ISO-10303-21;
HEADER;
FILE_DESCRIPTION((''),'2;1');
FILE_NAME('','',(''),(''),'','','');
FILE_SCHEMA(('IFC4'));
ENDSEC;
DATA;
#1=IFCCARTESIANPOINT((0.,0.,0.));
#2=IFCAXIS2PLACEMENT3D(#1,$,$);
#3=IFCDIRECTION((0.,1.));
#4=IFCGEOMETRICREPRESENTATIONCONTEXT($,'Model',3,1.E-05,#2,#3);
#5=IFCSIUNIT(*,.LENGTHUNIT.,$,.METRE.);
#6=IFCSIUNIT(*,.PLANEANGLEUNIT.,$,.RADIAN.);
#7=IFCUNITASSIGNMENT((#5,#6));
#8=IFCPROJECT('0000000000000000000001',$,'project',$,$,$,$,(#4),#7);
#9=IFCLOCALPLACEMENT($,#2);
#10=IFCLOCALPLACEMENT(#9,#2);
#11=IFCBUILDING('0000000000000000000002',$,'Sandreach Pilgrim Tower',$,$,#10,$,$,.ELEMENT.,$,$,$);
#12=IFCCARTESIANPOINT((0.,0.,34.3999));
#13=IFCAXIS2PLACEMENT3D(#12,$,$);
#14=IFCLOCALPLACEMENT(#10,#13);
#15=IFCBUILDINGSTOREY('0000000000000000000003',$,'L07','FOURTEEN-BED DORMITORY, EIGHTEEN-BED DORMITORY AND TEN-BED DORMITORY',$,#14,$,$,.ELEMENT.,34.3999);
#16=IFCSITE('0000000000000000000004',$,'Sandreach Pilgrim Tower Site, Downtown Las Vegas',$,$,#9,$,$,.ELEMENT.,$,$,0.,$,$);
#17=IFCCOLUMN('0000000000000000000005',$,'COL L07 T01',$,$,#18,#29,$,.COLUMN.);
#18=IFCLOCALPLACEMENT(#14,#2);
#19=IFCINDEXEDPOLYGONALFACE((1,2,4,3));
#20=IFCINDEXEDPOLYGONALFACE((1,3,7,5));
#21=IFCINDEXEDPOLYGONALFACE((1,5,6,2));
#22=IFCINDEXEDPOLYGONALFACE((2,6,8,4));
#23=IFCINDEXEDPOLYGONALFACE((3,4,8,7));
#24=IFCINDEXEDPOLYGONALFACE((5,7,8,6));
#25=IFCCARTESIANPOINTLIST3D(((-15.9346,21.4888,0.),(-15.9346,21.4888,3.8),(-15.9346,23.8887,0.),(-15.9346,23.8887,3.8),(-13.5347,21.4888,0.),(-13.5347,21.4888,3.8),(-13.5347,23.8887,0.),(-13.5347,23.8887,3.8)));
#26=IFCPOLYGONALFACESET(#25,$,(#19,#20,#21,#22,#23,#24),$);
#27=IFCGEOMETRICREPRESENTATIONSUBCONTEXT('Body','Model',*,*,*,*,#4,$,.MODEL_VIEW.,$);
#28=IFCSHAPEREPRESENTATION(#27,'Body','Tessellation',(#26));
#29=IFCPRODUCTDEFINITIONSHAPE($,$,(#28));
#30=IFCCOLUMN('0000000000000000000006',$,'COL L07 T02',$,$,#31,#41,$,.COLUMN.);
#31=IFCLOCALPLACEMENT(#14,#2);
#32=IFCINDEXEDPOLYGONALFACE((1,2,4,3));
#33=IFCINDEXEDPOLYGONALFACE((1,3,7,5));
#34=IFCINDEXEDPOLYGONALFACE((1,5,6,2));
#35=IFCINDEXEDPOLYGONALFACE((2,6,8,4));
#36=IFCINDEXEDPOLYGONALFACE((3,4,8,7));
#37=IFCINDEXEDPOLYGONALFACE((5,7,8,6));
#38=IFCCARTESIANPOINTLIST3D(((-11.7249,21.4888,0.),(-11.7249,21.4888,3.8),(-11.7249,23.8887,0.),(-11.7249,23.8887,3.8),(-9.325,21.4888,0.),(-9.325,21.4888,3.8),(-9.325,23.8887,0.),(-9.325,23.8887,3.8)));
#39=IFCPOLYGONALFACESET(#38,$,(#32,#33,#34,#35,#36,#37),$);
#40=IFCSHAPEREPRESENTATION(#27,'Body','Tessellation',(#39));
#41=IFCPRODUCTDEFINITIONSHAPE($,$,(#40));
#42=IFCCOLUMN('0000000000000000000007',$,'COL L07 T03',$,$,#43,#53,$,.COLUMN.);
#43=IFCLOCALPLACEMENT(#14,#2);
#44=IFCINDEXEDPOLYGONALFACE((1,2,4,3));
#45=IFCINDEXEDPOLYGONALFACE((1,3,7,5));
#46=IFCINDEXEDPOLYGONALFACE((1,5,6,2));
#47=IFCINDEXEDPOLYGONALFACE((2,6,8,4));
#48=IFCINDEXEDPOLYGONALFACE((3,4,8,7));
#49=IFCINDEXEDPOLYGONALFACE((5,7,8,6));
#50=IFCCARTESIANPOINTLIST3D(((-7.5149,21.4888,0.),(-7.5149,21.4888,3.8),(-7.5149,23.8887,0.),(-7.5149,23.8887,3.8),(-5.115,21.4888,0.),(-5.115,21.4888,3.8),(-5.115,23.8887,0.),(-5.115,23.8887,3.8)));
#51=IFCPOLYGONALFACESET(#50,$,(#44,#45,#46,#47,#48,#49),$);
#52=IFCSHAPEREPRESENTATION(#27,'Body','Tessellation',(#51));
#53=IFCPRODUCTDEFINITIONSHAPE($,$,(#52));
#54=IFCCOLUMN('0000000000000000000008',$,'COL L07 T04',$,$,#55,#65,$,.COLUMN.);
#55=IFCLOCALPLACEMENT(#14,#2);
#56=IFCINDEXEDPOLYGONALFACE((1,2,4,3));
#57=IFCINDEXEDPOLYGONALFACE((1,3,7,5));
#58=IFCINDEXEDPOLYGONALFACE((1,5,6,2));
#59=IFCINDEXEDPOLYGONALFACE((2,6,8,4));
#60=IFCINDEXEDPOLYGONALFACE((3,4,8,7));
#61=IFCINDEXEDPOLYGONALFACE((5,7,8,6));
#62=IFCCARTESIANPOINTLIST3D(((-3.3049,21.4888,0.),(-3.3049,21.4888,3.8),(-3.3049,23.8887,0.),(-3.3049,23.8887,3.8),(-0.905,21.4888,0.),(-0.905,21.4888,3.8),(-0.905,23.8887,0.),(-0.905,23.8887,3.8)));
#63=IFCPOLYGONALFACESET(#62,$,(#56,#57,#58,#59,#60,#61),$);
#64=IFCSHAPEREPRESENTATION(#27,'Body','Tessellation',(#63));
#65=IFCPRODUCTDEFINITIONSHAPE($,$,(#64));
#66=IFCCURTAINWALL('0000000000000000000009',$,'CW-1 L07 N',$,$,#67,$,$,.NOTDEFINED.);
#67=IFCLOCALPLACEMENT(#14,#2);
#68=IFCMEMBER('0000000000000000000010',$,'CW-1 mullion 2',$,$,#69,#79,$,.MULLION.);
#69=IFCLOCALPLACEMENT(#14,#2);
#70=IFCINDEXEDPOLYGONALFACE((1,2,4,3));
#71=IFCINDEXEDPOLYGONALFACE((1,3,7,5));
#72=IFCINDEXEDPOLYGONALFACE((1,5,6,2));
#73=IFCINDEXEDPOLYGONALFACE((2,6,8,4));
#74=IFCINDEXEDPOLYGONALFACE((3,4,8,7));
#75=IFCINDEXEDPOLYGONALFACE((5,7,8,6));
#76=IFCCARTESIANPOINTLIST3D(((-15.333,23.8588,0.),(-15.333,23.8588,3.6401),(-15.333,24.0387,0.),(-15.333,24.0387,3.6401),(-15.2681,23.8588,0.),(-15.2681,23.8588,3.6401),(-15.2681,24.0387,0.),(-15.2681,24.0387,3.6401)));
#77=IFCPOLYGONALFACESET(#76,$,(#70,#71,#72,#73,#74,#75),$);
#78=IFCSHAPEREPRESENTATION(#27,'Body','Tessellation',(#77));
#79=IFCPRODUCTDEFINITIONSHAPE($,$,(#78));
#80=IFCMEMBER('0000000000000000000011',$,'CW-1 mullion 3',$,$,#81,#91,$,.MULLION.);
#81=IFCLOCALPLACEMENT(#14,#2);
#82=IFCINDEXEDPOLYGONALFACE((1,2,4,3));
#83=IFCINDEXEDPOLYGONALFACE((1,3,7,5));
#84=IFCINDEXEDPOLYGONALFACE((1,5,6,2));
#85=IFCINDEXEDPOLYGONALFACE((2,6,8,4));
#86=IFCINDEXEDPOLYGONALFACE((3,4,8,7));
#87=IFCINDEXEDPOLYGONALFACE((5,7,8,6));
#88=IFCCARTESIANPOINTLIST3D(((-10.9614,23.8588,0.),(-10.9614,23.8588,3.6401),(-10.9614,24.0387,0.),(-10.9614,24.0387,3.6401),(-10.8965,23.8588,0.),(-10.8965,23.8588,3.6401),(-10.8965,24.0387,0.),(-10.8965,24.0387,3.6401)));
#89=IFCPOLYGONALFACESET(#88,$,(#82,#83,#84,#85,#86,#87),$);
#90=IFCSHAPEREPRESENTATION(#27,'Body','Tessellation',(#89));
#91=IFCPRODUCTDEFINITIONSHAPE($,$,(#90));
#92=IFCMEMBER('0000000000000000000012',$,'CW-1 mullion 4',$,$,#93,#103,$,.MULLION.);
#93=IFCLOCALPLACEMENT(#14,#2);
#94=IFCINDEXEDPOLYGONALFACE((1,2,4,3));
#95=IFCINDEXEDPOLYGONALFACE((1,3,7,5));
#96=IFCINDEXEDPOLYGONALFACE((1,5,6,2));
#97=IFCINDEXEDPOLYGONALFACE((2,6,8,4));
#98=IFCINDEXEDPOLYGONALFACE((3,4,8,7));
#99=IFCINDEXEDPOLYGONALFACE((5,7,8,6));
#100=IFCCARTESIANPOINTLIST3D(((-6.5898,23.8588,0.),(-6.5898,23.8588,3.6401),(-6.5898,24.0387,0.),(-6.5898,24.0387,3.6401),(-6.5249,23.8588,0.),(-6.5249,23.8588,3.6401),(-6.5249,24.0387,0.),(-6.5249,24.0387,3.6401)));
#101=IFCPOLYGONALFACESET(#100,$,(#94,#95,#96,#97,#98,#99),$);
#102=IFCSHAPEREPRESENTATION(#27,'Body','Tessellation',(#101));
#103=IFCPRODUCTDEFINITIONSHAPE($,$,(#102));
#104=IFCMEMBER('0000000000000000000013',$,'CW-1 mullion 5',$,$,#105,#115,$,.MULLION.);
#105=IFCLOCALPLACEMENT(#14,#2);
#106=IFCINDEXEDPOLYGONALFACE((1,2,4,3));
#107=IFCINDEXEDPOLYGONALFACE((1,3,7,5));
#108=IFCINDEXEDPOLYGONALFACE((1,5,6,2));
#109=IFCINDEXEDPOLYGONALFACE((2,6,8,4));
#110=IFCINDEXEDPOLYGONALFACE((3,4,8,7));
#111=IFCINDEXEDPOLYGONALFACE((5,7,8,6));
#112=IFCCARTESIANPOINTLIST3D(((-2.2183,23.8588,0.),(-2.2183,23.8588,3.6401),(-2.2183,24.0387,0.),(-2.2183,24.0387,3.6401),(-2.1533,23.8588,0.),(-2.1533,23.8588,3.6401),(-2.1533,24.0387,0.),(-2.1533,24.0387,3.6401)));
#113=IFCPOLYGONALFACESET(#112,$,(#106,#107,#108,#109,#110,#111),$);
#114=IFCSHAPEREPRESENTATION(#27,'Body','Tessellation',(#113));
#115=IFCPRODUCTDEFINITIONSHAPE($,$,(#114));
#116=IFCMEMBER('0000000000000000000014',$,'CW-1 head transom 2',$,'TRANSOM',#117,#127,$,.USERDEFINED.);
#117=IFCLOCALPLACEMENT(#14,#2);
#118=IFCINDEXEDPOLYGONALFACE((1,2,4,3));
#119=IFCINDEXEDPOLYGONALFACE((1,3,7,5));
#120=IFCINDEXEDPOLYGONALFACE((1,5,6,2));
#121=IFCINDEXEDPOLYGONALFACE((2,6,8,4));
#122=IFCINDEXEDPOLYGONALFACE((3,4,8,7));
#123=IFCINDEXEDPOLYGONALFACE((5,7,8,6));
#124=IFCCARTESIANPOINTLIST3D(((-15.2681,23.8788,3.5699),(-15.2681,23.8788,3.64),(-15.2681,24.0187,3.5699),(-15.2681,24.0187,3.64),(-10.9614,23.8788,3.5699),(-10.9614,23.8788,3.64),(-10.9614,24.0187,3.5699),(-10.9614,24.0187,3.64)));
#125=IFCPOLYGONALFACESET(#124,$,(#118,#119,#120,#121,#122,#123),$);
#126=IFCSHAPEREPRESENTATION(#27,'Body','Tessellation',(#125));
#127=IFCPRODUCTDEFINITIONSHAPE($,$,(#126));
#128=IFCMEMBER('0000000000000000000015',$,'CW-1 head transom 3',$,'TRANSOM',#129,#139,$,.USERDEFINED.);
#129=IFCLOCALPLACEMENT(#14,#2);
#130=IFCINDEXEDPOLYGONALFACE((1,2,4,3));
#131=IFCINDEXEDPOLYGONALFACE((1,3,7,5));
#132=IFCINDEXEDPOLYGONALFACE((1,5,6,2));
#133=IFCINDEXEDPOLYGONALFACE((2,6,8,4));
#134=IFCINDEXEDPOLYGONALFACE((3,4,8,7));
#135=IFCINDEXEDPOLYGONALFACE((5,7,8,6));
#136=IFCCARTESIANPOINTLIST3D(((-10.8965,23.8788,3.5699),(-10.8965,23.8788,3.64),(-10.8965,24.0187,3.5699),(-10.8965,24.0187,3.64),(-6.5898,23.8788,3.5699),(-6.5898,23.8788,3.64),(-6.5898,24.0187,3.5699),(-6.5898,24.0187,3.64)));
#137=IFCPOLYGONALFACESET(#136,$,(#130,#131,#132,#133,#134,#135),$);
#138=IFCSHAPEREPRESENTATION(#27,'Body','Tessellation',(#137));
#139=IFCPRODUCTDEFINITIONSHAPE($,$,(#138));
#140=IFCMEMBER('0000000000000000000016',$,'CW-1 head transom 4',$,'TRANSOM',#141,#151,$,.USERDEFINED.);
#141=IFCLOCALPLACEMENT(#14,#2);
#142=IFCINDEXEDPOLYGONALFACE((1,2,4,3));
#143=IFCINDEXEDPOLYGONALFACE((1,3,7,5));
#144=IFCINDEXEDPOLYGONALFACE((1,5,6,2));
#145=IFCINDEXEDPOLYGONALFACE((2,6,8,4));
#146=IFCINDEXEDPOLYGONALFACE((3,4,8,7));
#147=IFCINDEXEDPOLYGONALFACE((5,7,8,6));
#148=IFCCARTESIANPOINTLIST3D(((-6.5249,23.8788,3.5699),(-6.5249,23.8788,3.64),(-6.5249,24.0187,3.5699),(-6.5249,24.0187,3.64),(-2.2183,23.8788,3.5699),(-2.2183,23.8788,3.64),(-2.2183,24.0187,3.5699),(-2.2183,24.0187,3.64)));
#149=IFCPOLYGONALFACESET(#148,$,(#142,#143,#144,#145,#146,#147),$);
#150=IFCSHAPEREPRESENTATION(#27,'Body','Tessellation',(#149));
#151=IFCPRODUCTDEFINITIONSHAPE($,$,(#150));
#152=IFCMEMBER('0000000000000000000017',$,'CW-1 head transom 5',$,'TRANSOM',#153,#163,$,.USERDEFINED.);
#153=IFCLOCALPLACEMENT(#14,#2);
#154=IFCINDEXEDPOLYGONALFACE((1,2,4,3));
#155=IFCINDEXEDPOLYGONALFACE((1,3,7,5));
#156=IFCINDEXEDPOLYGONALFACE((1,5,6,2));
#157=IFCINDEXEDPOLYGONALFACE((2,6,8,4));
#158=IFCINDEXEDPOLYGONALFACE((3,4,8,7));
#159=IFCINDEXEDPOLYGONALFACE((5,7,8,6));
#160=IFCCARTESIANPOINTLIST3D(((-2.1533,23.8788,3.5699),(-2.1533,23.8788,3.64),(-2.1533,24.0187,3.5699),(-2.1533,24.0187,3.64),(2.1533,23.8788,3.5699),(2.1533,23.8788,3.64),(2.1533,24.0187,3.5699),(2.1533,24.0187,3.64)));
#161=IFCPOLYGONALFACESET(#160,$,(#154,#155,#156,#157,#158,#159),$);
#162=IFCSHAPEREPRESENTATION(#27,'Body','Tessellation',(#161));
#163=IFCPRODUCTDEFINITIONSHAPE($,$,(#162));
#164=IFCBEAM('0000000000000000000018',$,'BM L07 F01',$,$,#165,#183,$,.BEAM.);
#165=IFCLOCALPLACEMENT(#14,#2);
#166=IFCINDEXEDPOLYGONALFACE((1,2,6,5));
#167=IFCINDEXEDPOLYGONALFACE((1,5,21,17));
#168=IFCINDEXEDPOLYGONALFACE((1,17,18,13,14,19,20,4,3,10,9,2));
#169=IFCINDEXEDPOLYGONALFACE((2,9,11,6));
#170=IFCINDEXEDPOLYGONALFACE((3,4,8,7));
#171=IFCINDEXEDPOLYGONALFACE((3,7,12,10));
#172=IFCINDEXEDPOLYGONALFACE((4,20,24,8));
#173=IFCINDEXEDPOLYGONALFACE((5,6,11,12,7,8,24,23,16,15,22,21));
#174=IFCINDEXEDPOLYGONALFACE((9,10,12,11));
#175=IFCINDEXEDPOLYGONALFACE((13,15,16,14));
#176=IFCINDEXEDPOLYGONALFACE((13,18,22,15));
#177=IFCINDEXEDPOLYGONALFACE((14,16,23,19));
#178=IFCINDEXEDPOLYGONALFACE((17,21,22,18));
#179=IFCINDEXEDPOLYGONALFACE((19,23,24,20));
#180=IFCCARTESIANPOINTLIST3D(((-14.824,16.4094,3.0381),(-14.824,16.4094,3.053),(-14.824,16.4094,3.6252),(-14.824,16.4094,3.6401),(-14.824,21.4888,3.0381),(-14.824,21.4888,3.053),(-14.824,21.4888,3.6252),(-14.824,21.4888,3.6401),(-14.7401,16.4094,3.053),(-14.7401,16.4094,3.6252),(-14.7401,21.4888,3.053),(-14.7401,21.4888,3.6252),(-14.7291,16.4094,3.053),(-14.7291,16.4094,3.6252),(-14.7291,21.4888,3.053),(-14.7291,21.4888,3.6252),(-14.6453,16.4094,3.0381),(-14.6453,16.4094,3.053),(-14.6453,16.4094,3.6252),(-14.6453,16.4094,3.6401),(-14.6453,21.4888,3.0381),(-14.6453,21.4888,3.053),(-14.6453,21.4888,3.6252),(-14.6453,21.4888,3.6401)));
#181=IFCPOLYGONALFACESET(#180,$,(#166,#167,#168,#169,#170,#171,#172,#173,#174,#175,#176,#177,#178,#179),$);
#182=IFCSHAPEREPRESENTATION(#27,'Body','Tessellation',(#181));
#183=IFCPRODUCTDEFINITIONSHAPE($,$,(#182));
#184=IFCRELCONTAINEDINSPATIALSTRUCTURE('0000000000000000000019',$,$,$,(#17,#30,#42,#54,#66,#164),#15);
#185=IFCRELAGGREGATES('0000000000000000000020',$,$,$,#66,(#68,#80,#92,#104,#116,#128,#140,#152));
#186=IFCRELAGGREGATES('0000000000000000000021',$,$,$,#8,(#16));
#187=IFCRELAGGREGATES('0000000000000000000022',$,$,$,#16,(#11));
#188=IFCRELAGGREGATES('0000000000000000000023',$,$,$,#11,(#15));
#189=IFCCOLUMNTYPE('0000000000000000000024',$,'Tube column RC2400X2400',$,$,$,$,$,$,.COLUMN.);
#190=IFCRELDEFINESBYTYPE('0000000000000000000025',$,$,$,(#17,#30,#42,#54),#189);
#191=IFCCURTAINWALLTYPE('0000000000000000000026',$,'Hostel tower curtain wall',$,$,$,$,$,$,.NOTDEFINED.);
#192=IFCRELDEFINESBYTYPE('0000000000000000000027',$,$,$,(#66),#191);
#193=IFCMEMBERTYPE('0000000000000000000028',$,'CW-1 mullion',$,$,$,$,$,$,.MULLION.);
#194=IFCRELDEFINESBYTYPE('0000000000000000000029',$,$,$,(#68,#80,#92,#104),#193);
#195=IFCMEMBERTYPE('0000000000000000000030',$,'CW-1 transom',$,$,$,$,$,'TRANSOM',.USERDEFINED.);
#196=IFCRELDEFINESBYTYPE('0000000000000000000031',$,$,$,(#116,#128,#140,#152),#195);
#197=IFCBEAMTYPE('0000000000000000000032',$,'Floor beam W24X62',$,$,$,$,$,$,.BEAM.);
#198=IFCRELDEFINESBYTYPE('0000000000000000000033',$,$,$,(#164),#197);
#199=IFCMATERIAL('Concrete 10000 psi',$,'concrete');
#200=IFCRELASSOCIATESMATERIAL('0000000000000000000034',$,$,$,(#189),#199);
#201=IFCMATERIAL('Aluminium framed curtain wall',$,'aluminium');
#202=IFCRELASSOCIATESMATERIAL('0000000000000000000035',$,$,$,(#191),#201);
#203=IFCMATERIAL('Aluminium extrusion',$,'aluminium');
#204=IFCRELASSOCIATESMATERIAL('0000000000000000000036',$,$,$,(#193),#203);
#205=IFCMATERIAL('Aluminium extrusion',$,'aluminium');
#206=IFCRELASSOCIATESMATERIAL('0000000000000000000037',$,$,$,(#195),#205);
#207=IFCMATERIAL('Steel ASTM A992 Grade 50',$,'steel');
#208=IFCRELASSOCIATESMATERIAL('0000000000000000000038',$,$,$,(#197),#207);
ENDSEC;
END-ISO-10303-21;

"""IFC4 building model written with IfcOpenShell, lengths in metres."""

from ifc_helpers import new_model, si_unit, direction, frame, origin, origin_2d, place, context, subcontext, project, spatial, rectangle, i_section, extrude, material, material_profile, profile_set, type_object, element, aggregate, save


model = new_model("IFC4")

# Units and contexts
model_context = context("Model", 3, precision=1e-05, world=origin(), true_north=direction((0.0, 1.0)))
body_context = subcontext(model_context, "Body", "Model", "MODEL_VIEW")
ifc_project = project(units=[si_unit("LENGTHUNIT", "METRE"), si_unit("PLANEANGLEUNIT", "RADIAN")], contexts=[model_context])

# Site, building, storey
site_placement = place(None, origin())
site = spatial("IfcSite", under=ifc_project, at=site_placement, Name="Sandreach Pilgrim Tower Site, Downtown Las Vegas", CompositionType="ELEMENT", RefElevation=0.0)
building_placement = place(site_placement, origin())
building = spatial("IfcBuilding", under=site, at=building_placement, Name="Sandreach Pilgrim Tower", CompositionType="ELEMENT")
storey_placement = place(building_placement, frame((0.0, 0.0, 34.3999)))
storey = spatial("IfcBuildingStorey", under=building, at=storey_placement, Name="L07", Description="FOURTEEN-BED DORMITORY, EIGHTEEN-BED DORMITORY AND TEN-BED DORMITORY", CompositionType="ELEMENT", Elevation=34.3999)

# Columns
ifc_material_1 = material(Name="Concrete 10000 psi", Category="concrete")
ifc_material_profile_1 = material_profile(ifc_material_1, rectangle(XDim=2.3999, YDim=2.3999, at=origin_2d()), Name="RC2400X2400")
ifc_profile_set_1 = profile_set([ifc_material_profile_1], Name="Concrete 10000 psi")
column_type = type_object("IfcColumnType", Name="Tube column RC2400X2400", PredefinedType="COLUMN", material=ifc_profile_set_1)
for number, where, z_axis, x_axis, name in (
    (1, (-14.7346, 22.6887, 0.0), (0.0, 0.0, 1.0), (0.0, 1.0, 0.0), "COL L07 T01"),
    (2, (-10.5249, 22.6887, 0.0), (0.0, 0.0, 1.0), (0.0, 1.0, 0.0), "COL L07 T02"),
    (3, (-6.3149, 22.6887, 0.0), (0.0, 0.0, 1.0), (0.0, 1.0, 0.0), "COL L07 T03"),
    (4, (-2.105, 22.6887, 0.0), (0.0, 0.0, 1.0), (0.0, 1.0, 0.0), "COL L07 T04"),
):
    element("IfcColumn", number, at=place(storey_placement, frame(where, z_axis=z_axis, x_axis=x_axis)), inside=storey, type_object=column_type, Name=name, PredefinedType="COLUMN", context=body_context, shape_type="SweptSolid", body=[
        extrude(rectangle(XDim=2.3999, YDim=2.3999, at=origin_2d()), origin(), (0.0, 0.0, 1.0), 3.8),
    ])

# Curtain wall, members
ifc_material_2 = material(Name="Aluminium framed curtain wall", Category="aluminium")
curtain_wall_type = type_object("IfcCurtainWallType", Name="Hostel tower curtain wall", PredefinedType="NOTDEFINED", material=ifc_material_2)
curtain_wall_placement = place(storey_placement, origin())
curtain_wall = element("IfcCurtainWall", 5, at=curtain_wall_placement, inside=storey, type_object=curtain_wall_type, Name="CW-1 L07 N", PredefinedType="NOTDEFINED")
ifc_material_3 = material(Name="Aluminium extrusion", Category="aluminium")
ifc_material_profile_2 = material_profile(ifc_material_3, rectangle(XDim=0.0649, YDim=0.1799, at=origin_2d()), Name="CW-1M 65X180")
ifc_profile_set_2 = profile_set([ifc_material_profile_2], Name="Aluminium extrusion")
member_type_1 = type_object("IfcMemberType", Name="CW-1 mullion", PredefinedType="MULLION", material=ifc_profile_set_2)
member_1_placement = place(storey_placement, frame((-15.3005, 23.9487, 0.0), z_axis=(0.0, 0.0, 1.0), x_axis=(1.0, 0.0, 0.0)))
member_1 = element("IfcMember", 6, at=member_1_placement, type_object=member_type_1, Name="CW-1 mullion 2", PredefinedType="MULLION", context=body_context, shape_type="SweptSolid", body=[
    extrude(rectangle(XDim=0.0649, YDim=0.1799, at=origin_2d()), origin(), (0.0, 0.0, 1.0), 3.6401),
])
member_2_placement = place(storey_placement, frame((-10.929, 23.9487, 0.0), z_axis=(0.0, 0.0, 1.0), x_axis=(1.0, 0.0, 0.0)))
member_2 = element("IfcMember", 7, at=member_2_placement, type_object=member_type_1, Name="CW-1 mullion 3", PredefinedType="MULLION", context=body_context, shape_type="SweptSolid", body=[
    extrude(rectangle(XDim=0.0649, YDim=0.1799, at=origin_2d()), origin(), (0.0, 0.0, 1.0), 3.6401),
])
member_3_placement = place(storey_placement, frame((-6.5574, 23.9487, 0.0), z_axis=(0.0, 0.0, 1.0), x_axis=(1.0, 0.0, 0.0)))
member_3 = element("IfcMember", 8, at=member_3_placement, type_object=member_type_1, Name="CW-1 mullion 4", PredefinedType="MULLION", context=body_context, shape_type="SweptSolid", body=[
    extrude(rectangle(XDim=0.0649, YDim=0.1799, at=origin_2d()), origin(), (0.0, 0.0, 1.0), 3.6401),
])
member_4_placement = place(storey_placement, frame((-2.1858, 23.9487, 0.0), z_axis=(0.0, 0.0, 1.0), x_axis=(1.0, 0.0, 0.0)))
member_4 = element("IfcMember", 9, at=member_4_placement, type_object=member_type_1, Name="CW-1 mullion 5", PredefinedType="MULLION", context=body_context, shape_type="SweptSolid", body=[
    extrude(rectangle(XDim=0.0649, YDim=0.1799, at=origin_2d()), origin(), (0.0, 0.0, 1.0), 3.6401),
])
ifc_material_4 = material(Name="Aluminium extrusion", Category="aluminium")
ifc_material_profile_3 = material_profile(ifc_material_4, rectangle(XDim=0.1399, YDim=0.0701, at=origin_2d()), Name="CW-1T 140X70")
ifc_profile_set_3 = profile_set([ifc_material_profile_3], Name="Aluminium extrusion")
member_type_2 = type_object("IfcMemberType", Name="CW-1 transom", ElementType="TRANSOM", PredefinedType="USERDEFINED", material=ifc_profile_set_3)
member_5_placement = place(storey_placement, frame((-15.2681, 23.9487, 3.605), z_axis=(1.0, 0.0, 0.0), x_axis=(0.0, 1.0, 0.0)))
member_5 = element("IfcMember", 10, at=member_5_placement, type_object=member_type_2, Name="CW-1 head transom 2", ObjectType="TRANSOM", PredefinedType="USERDEFINED", context=body_context, shape_type="SweptSolid", body=[
    extrude(rectangle(XDim=0.1399, YDim=0.0701, at=origin_2d()), origin(), (0.0, 0.0, 1.0), 4.3066),
])
member_6_placement = place(storey_placement, frame((-10.8965, 23.9487, 3.605), z_axis=(1.0, 0.0, 0.0), x_axis=(0.0, 1.0, 0.0)))
member_6 = element("IfcMember", 11, at=member_6_placement, type_object=member_type_2, Name="CW-1 head transom 3", ObjectType="TRANSOM", PredefinedType="USERDEFINED", context=body_context, shape_type="SweptSolid", body=[
    extrude(rectangle(XDim=0.1399, YDim=0.0701, at=origin_2d()), origin(), (0.0, 0.0, 1.0), 4.3066),
])
member_7_placement = place(storey_placement, frame((-6.5249, 23.9487, 3.605), z_axis=(1.0, 0.0, 0.0), x_axis=(0.0, 1.0, 0.0)))
member_7 = element("IfcMember", 12, at=member_7_placement, type_object=member_type_2, Name="CW-1 head transom 4", ObjectType="TRANSOM", PredefinedType="USERDEFINED", context=body_context, shape_type="SweptSolid", body=[
    extrude(rectangle(XDim=0.1399, YDim=0.0701, at=origin_2d()), origin(), (0.0, 0.0, 1.0), 4.3066),
])
member_8_placement = place(storey_placement, frame((-2.1533, 23.9487, 3.605), z_axis=(1.0, 0.0, 0.0), x_axis=(0.0, 1.0, 0.0)))
member_8 = element("IfcMember", 13, at=member_8_placement, type_object=member_type_2, Name="CW-1 head transom 5", ObjectType="TRANSOM", PredefinedType="USERDEFINED", context=body_context, shape_type="SweptSolid", body=[
    extrude(rectangle(XDim=0.1399, YDim=0.0701, at=origin_2d()), origin(), (0.0, 0.0, 1.0), 4.3066),
])

# Beam
ifc_material_5 = material(Name="Steel ASTM A992 Grade 50", Category="steel")
ifc_material_profile_4 = material_profile(ifc_material_5, i_section(OverallWidth=0.1787, OverallDepth=0.6021, WebThickness=0.011, FlangeThickness=0.0149, at=origin_2d()), Name="W24X62")
ifc_profile_set_4 = profile_set([ifc_material_profile_4], Name="Steel ASTM A992 Grade 50")
beam_type_1 = type_object("IfcBeamType", Name="Floor beam W24X62", PredefinedType="BEAM", material=ifc_profile_set_4)
beam_1_placement = place(storey_placement, frame((-14.7346, 21.4888, 3.3391), z_axis=(0.0, -1.0, 0.0), x_axis=(1.0, 0.0, 0.0)))
element("IfcBeam", 14, at=beam_1_placement, inside=storey, type_object=beam_type_1, Name="BM L07 F01", PredefinedType="BEAM", context=body_context, shape_type="SweptSolid", body=[
    extrude(i_section(OverallWidth=0.1787, OverallDepth=0.6021, WebThickness=0.011, FlangeThickness=0.0149, at=origin_2d()), origin(), (0.0, 0.0, 1.0), 5.0793),
])

aggregate(curtain_wall, [member_1, member_2, member_3, member_4, member_5, member_6, member_7, member_8])

save(model, "model.ifc")
